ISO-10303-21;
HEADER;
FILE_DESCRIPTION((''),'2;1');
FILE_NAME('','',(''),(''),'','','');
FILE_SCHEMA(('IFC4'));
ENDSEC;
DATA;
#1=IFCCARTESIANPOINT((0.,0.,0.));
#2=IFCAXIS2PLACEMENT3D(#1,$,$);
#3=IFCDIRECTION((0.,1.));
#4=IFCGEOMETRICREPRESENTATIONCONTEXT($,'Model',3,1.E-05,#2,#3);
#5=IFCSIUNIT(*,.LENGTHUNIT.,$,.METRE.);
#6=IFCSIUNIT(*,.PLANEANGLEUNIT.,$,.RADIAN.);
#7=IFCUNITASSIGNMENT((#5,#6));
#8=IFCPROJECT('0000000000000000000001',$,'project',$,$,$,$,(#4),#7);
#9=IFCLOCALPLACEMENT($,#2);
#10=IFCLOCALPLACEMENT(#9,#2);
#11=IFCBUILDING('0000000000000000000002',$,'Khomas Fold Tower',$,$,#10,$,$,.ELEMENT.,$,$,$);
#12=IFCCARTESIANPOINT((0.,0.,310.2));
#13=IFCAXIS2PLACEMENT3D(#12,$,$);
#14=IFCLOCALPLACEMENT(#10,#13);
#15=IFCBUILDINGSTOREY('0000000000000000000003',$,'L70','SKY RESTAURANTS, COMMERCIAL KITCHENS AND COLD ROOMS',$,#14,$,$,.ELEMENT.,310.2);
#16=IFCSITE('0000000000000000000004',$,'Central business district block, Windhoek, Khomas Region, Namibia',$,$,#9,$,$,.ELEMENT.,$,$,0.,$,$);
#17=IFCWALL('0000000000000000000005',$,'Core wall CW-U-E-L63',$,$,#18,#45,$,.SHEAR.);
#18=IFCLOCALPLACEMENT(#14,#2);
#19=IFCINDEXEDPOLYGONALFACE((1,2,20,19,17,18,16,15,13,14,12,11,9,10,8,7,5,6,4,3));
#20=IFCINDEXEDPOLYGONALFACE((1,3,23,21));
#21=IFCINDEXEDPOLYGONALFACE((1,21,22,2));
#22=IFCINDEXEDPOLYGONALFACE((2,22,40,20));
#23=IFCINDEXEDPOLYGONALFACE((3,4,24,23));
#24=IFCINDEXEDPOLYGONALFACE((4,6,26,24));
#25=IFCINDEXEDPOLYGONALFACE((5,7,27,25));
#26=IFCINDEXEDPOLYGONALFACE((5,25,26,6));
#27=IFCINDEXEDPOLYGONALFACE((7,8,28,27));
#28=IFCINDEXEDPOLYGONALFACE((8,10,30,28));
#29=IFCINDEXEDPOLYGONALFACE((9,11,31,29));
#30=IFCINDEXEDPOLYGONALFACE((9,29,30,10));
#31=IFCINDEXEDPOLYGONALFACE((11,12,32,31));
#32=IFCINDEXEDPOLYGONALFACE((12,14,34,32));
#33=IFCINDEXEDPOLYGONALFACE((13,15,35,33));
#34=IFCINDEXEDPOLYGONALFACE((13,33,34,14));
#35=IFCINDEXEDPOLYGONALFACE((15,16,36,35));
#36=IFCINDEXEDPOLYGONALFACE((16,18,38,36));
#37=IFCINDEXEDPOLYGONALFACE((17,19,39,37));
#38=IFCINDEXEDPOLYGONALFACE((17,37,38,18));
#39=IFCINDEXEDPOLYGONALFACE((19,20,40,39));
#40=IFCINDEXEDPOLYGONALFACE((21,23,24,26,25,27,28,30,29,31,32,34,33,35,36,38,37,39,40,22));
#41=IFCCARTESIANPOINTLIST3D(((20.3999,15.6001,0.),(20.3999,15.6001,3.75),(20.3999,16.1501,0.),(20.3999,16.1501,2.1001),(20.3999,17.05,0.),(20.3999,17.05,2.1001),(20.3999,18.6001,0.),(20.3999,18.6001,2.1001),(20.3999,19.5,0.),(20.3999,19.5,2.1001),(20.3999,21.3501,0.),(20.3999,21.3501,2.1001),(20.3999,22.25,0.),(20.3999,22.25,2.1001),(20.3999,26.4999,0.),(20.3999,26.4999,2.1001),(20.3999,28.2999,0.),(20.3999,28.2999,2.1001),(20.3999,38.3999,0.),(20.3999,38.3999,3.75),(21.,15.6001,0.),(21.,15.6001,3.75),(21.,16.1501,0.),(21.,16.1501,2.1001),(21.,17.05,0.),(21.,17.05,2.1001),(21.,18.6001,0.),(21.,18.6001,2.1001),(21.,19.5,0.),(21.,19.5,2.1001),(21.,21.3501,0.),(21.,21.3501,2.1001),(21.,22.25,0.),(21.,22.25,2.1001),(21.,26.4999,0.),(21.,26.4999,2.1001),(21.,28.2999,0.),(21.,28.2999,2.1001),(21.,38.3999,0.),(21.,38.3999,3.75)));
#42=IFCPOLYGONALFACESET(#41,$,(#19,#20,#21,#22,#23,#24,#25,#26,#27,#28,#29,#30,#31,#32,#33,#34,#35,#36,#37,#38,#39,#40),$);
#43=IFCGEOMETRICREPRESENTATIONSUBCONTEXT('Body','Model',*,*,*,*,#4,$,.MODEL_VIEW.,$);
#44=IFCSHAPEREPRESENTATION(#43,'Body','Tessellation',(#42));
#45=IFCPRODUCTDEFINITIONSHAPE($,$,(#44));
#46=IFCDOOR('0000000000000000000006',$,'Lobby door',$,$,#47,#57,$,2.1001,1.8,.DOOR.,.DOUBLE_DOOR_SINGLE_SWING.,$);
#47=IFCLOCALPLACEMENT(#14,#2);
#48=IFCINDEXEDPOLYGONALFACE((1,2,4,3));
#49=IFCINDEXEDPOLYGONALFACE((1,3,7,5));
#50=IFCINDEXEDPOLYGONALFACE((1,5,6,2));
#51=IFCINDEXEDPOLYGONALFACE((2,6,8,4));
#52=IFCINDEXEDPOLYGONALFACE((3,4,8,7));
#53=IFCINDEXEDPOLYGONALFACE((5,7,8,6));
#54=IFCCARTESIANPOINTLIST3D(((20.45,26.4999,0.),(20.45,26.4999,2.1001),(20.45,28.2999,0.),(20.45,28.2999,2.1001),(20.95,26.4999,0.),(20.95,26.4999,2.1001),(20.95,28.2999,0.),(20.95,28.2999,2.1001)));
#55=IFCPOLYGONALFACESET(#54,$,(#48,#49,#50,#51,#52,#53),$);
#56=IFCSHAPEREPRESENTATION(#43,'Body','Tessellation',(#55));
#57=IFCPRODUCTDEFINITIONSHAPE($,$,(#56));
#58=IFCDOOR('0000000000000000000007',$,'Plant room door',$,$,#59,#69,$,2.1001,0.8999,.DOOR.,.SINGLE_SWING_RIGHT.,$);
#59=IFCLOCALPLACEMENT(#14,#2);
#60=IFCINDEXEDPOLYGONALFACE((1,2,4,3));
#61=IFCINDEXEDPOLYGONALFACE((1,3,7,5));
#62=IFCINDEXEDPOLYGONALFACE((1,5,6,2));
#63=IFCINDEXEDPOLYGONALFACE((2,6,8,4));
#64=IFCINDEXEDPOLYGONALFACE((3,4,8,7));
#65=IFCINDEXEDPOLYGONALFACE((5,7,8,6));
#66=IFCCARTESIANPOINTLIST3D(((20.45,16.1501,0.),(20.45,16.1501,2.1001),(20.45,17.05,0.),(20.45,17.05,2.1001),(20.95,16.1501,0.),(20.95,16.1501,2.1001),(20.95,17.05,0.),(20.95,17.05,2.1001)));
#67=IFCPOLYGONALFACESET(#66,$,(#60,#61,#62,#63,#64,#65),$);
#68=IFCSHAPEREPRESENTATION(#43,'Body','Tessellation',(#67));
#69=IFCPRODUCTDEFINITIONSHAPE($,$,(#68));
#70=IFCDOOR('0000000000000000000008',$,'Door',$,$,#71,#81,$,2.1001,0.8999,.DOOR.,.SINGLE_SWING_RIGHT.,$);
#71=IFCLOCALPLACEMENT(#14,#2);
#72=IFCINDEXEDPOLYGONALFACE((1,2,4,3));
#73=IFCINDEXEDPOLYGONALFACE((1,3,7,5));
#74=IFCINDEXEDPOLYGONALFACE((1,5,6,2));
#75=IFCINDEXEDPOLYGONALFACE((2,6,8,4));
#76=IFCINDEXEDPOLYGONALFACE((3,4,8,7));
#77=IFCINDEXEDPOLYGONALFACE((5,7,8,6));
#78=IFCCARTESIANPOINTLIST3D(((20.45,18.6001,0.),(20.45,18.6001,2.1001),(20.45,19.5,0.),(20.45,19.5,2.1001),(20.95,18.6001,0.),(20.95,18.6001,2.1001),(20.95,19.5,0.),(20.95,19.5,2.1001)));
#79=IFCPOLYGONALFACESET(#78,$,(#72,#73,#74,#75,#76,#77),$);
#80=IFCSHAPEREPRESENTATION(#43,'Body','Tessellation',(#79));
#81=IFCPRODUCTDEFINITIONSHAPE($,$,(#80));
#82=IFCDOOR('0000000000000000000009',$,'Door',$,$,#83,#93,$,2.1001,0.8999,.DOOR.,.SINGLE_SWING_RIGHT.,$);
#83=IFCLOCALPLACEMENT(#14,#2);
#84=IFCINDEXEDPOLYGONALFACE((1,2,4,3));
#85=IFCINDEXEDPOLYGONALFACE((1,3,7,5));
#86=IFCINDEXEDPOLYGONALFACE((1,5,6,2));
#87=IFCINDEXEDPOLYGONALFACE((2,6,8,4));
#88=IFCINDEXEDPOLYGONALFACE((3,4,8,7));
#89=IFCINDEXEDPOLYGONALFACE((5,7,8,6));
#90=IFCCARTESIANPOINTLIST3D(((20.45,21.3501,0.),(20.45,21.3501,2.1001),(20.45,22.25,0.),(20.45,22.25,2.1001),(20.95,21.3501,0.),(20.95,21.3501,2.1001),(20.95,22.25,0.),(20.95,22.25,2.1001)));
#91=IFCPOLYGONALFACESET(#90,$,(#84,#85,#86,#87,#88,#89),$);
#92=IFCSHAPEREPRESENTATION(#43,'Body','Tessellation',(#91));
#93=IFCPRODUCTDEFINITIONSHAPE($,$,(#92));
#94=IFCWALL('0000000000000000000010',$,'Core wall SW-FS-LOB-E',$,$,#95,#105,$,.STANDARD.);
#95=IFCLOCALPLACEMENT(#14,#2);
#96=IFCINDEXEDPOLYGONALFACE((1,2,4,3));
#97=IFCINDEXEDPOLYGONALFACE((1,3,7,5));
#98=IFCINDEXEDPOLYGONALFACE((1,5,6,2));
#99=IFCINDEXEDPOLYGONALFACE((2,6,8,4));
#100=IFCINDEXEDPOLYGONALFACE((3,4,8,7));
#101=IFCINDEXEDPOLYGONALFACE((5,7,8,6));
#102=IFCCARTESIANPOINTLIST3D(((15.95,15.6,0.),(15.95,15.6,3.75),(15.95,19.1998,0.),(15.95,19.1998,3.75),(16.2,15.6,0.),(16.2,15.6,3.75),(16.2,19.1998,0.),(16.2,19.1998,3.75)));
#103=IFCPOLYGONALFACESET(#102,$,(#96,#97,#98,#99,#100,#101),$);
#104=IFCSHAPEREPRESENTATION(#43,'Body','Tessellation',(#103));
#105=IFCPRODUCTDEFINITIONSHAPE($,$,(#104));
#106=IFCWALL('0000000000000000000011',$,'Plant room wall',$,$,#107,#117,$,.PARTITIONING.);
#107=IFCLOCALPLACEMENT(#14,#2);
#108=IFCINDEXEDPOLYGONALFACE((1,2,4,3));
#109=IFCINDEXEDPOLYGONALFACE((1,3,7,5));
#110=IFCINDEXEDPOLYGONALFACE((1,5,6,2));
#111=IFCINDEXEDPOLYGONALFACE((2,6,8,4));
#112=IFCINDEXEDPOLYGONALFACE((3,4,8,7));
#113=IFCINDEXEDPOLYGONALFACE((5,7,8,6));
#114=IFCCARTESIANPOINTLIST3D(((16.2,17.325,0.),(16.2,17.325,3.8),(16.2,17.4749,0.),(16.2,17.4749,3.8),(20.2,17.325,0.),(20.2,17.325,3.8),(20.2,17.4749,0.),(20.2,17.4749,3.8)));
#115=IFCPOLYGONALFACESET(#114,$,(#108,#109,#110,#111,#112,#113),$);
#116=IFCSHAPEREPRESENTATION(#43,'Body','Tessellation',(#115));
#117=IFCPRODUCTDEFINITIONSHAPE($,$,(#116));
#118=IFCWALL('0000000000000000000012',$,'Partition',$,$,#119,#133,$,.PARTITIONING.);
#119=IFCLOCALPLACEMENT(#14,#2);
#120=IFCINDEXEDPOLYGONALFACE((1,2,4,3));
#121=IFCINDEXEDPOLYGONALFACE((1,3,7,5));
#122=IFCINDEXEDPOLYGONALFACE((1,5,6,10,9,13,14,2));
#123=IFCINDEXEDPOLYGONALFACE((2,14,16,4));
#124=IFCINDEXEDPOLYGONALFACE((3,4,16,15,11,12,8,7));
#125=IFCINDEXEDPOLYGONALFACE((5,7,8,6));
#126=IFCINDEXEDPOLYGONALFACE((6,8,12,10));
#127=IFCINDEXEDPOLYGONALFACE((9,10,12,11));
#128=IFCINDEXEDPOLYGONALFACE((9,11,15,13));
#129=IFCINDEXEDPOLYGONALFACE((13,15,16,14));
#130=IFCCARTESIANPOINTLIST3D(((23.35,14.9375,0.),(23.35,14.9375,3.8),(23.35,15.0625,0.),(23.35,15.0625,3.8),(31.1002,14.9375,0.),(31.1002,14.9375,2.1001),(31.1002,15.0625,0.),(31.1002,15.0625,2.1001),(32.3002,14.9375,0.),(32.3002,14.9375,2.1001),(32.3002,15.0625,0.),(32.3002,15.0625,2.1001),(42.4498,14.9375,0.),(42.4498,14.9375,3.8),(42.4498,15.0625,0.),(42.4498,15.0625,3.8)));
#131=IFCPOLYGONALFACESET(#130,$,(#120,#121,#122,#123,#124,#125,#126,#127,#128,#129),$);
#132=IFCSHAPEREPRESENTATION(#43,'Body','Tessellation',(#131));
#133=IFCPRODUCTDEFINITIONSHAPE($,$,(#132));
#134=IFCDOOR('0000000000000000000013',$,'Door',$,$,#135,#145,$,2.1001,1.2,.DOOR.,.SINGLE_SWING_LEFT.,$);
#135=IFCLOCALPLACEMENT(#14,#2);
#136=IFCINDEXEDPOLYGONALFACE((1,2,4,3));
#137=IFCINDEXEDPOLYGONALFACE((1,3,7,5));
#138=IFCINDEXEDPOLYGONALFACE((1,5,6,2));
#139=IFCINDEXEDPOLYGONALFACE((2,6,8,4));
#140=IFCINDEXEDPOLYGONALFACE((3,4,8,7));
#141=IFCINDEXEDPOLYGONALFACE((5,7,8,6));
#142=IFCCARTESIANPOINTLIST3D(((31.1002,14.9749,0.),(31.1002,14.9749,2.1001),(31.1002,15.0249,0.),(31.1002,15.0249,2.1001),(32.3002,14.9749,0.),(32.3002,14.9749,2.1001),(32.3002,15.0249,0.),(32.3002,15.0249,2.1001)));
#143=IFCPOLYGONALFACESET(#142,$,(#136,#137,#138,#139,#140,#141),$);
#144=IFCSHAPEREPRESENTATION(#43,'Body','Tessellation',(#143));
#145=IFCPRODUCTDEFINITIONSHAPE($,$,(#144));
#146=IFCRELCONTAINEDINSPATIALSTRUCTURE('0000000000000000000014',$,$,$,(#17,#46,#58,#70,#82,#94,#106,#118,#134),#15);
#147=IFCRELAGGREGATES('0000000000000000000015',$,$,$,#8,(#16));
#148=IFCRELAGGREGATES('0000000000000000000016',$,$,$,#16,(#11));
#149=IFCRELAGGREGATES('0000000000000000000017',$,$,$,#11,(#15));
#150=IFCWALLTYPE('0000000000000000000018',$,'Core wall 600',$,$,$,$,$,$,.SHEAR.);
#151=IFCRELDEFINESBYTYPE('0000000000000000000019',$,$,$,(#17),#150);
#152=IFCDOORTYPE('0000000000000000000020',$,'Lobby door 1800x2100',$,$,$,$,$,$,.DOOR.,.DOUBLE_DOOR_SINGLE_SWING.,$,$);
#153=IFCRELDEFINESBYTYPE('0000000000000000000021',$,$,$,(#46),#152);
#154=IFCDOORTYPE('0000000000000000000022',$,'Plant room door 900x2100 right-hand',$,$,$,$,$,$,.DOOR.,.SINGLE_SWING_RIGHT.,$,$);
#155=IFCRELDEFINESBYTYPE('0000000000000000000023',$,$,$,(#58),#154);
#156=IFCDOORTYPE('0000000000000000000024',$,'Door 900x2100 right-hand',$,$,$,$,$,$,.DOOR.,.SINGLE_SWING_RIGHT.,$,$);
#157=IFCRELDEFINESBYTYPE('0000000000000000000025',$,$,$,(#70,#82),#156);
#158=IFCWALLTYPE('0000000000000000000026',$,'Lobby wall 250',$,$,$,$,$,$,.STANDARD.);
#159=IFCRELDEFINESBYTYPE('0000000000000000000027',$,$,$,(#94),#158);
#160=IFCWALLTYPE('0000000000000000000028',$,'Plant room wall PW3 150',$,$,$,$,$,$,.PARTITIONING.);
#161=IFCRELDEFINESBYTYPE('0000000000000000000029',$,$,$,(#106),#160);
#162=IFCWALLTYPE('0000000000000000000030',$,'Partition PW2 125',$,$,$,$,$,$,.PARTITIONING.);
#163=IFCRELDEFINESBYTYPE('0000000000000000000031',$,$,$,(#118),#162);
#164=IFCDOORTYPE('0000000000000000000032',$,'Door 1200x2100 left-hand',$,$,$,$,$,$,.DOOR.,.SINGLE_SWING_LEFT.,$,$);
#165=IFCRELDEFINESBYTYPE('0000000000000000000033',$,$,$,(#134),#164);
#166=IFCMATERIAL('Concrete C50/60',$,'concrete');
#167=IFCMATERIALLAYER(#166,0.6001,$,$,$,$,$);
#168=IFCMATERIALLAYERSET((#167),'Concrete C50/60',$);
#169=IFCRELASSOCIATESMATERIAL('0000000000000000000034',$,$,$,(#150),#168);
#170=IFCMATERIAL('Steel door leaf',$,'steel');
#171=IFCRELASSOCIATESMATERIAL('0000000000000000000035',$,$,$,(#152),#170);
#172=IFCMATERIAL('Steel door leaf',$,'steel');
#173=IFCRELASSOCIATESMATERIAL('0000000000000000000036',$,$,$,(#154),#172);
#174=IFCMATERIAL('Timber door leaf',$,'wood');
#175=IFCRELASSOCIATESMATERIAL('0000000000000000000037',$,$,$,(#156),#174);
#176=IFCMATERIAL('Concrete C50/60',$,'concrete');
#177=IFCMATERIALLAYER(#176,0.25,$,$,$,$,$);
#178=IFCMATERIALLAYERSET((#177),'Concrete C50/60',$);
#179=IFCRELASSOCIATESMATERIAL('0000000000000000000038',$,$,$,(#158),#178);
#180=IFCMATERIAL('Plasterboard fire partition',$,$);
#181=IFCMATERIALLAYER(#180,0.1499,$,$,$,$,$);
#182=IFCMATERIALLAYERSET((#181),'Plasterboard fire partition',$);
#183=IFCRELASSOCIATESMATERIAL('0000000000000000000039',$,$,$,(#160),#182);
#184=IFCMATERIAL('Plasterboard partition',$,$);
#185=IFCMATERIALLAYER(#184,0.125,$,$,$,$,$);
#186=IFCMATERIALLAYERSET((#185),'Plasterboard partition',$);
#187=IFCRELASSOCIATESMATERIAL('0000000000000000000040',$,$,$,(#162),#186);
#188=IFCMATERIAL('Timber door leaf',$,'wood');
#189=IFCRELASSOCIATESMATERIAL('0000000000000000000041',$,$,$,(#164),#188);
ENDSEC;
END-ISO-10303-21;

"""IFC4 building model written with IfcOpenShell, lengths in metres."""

from ifc_helpers import new_model, si_unit, direction, frame, frame_2d, origin, place, context, subcontext, project, spatial, rectangle, extrude, source, transform, mapped, material, layer, layer_set, type_object, element, fill, save


model = new_model("IFC4")

# Units and contexts
model_context = context("Model", 3, precision=1e-05, world=origin(), true_north=direction((0.0, 1.0)))
body_context = subcontext(model_context, "Body", "Model", "MODEL_VIEW")
ifc_project = project(units=[si_unit("LENGTHUNIT", "METRE"), si_unit("PLANEANGLEUNIT", "RADIAN")], contexts=[model_context])

# Site, building, storey
site_placement = place(None, origin())
site = spatial("IfcSite", under=ifc_project, at=site_placement, Name="Central business district block, Windhoek, Khomas Region, Namibia", CompositionType="ELEMENT", RefElevation=0.0)
building_placement = place(site_placement, origin())
building = spatial("IfcBuilding", under=site, at=building_placement, Name="Khomas Fold Tower", CompositionType="ELEMENT")
storey_placement = place(building_placement, frame((0.0, 0.0, 310.2)))
storey = spatial("IfcBuildingStorey", under=building, at=storey_placement, Name="L70", Description="SKY RESTAURANTS, COMMERCIAL KITCHENS AND COLD ROOMS", CompositionType="ELEMENT", Elevation=310.2)

# Wall, openings, doors
ifc_material_1 = material(Name="Concrete C50/60", Category="concrete")
ifc_layer_1 = layer(ifc_material_1, 0.6001)
ifc_layer_set_1 = layer_set([ifc_layer_1], Name="Concrete C50/60")
wall_type_1 = type_object("IfcWallType", Name="Core wall 600", PredefinedType="SHEAR", material=ifc_layer_set_1)
shared_shape_1 = source(origin(), body_context, "Body", "SweptSolid", [
    extrude(rectangle(XDim=22.7998, YDim=0.6001, at=frame_2d((11.3999, 0.0))), origin(), (0.0, 0.0, 1.0), 3.75),
])
wall_1_placement = place(storey_placement, frame((20.7, 15.6001, 0.0), z_axis=(0.0, 0.0, 1.0), x_axis=(0.0, 1.0, 0.0)))
wall_1 = element("IfcWall", 1, at=wall_1_placement, inside=storey, type_object=wall_type_1, Name="Core wall CW-U-E-L63", PredefinedType="SHEAR", context=body_context, shape_type="MappedRepresentation", body=[
    mapped(shared_shape_1, transform((0.0, 0.0, 0.0))),
])
shared_shape_2 = source(origin(), body_context, "Body", "SweptSolid", [
    extrude(rectangle(XDim=1.8, YDim=2.1001, at=frame_2d((0.8999, 1.05))), frame((0.0, 0.3101, 0.0), z_axis=(0.0, -1.0, 0.0), x_axis=(1.0, 0.0, 0.0)), (0.0, 0.0, 1.0), 0.6201),
])
opening_1_placement = place(wall_1_placement, frame((10.8999, 0.0, 0.0)))
opening_1 = element("IfcOpeningElement", 2, at=opening_1_placement, cuts=wall_1, PredefinedType="OPENING", context=body_context, shape_type="MappedRepresentation", body=[
    mapped(shared_shape_2, transform((0.0, 0.0, 0.0))),
])
shared_shape_3 = source(origin(), body_context, "Body", "SweptSolid", [
    extrude(rectangle(XDim=0.8999, YDim=2.1001, at=frame_2d((0.45, 1.05))), frame((0.0, 0.3101, 0.0), z_axis=(0.0, -1.0, 0.0), x_axis=(1.0, 0.0, 0.0)), (0.0, 0.0, 1.0), 0.6201),
])
opening_2_placement = place(wall_1_placement, frame((0.55, 0.0, 0.0)))
opening_2 = element("IfcOpeningElement", 3, at=opening_2_placement, cuts=wall_1, PredefinedType="OPENING", context=body_context, shape_type="MappedRepresentation", body=[
    mapped(shared_shape_3, transform((0.0, 0.0, 0.0))),
])
opening_3_placement = place(wall_1_placement, frame((3.0, 0.0, 0.0)))
opening_3 = element("IfcOpeningElement", 4, at=opening_3_placement, cuts=wall_1, PredefinedType="OPENING", context=body_context, shape_type="MappedRepresentation", body=[
    mapped(shared_shape_3, transform((0.0, 0.0, 0.0))),
])
opening_4_placement = place(wall_1_placement, frame((5.75, 0.0, 0.0)))
opening_4 = element("IfcOpeningElement", 5, at=opening_4_placement, cuts=wall_1, PredefinedType="OPENING", context=body_context, shape_type="MappedRepresentation", body=[
    mapped(shared_shape_3, transform((0.0, 0.0, 0.0))),
])
ifc_material_2 = material(Name="Steel door leaf", Category="steel")
door_type_1 = type_object("IfcDoorType", Name="Lobby door 1800x2100", OperationType="DOUBLE_DOOR_SINGLE_SWING", PredefinedType="DOOR", material=ifc_material_2)
shared_shape_4 = source(origin(), body_context, "Body", "SweptSolid", [
    extrude(rectangle(XDim=1.8, YDim=2.1001, at=frame_2d((0.8999, 1.05))), frame((0.0, 0.25, 0.0), z_axis=(0.0, -1.0, 0.0), x_axis=(1.0, 0.0, 0.0)), (0.0, 0.0, 1.0), 0.5),
])
door_1_placement = place(opening_1_placement, origin())
door_1 = element("IfcDoor", 6, at=door_1_placement, inside=storey, type_object=door_type_1, Name="Lobby door", OperationType="DOUBLE_DOOR_SINGLE_SWING", OverallHeight=2.1001, OverallWidth=1.8, PredefinedType="DOOR", context=body_context, shape_type="MappedRepresentation", body=[
    mapped(shared_shape_4, transform((0.0, 0.0, 0.0))),
])
fill(opening_1, door_1)
ifc_material_3 = material(Name="Steel door leaf", Category="steel")
door_type_2 = type_object("IfcDoorType", Name="Plant room door 900x2100 right-hand", OperationType="SINGLE_SWING_RIGHT", PredefinedType="DOOR", material=ifc_material_3)
shared_shape_5 = source(origin(), body_context, "Body", "SweptSolid", [
    extrude(rectangle(XDim=0.8999, YDim=2.1001, at=frame_2d((0.45, 1.05))), frame((0.0, 0.25, 0.0), z_axis=(0.0, -1.0, 0.0), x_axis=(1.0, 0.0, 0.0)), (0.0, 0.0, 1.0), 0.5),
])
door_2_placement = place(opening_2_placement, origin())
door_2 = element("IfcDoor", 7, at=door_2_placement, inside=storey, type_object=door_type_2, Name="Plant room door", OperationType="SINGLE_SWING_RIGHT", OverallHeight=2.1001, OverallWidth=0.8999, PredefinedType="DOOR", context=body_context, shape_type="MappedRepresentation", body=[
    mapped(shared_shape_5, transform((0.0, 0.0, 0.0))),
])
fill(opening_2, door_2)
ifc_material_4 = material(Name="Timber door leaf", Category="wood")
door_type_3 = type_object("IfcDoorType", Name="Door 900x2100 right-hand", OperationType="SINGLE_SWING_RIGHT", PredefinedType="DOOR", material=ifc_material_4)
door_3_placement = place(opening_3_placement, origin())
door_3 = element("IfcDoor", 8, at=door_3_placement, inside=storey, type_object=door_type_3, Name="Door", OperationType="SINGLE_SWING_RIGHT", OverallHeight=2.1001, OverallWidth=0.8999, PredefinedType="DOOR", context=body_context, shape_type="MappedRepresentation", body=[
    mapped(shared_shape_5, transform((0.0, 0.0, 0.0))),
])
fill(opening_3, door_3)
door_4_placement = place(opening_4_placement, origin())
door_4 = element("IfcDoor", 9, at=door_4_placement, inside=storey, type_object=door_type_3, Name="Door", OperationType="SINGLE_SWING_RIGHT", OverallHeight=2.1001, OverallWidth=0.8999, PredefinedType="DOOR", context=body_context, shape_type="MappedRepresentation", body=[
    mapped(shared_shape_5, transform((0.0, 0.0, 0.0))),
])
fill(opening_4, door_4)

# Walls
ifc_material_5 = material(Name="Concrete C50/60", Category="concrete")
ifc_layer_2 = layer(ifc_material_5, 0.25)
ifc_layer_set_2 = layer_set([ifc_layer_2], Name="Concrete C50/60")
wall_type_2 = type_object("IfcWallType", Name="Lobby wall 250", PredefinedType="STANDARD", material=ifc_layer_set_2)
shared_shape_6 = source(origin(), body_context, "Body", "SweptSolid", [
    extrude(rectangle(XDim=3.5999, YDim=0.25, at=frame_2d((1.7998, 0.0))), origin(), (0.0, 0.0, 1.0), 3.75),
])
wall_2_placement = place(storey_placement, frame((16.075, 15.6001, 0.0), z_axis=(0.0, 0.0, 1.0), x_axis=(0.0, 1.0, 0.0)))
element("IfcWall", 10, at=wall_2_placement, inside=storey, type_object=wall_type_2, Name="Core wall SW-FS-LOB-E", PredefinedType="STANDARD", context=body_context, shape_type="MappedRepresentation", body=[
    mapped(shared_shape_6, transform((0.0, 0.0, 0.0))),
])
ifc_material_6 = material(Name="Plasterboard fire partition")
ifc_layer_3 = layer(ifc_material_6, 0.1499)
ifc_layer_set_3 = layer_set([ifc_layer_3], Name="Plasterboard fire partition")
wall_type_3 = type_object("IfcWallType", Name="Plant room wall PW3 150", PredefinedType="PARTITIONING", material=ifc_layer_set_3)
shared_shape_7 = source(origin(), body_context, "Body", "SweptSolid", [
    extrude(rectangle(XDim=4.0, YDim=0.1499, at=frame_2d((2.0, 0.0))), origin(), (0.0, 0.0, 1.0), 3.8),
])
wall_3_placement = place(storey_placement, frame((16.2, 17.3999, 0.0), z_axis=(0.0, 0.0, 1.0), x_axis=(1.0, 0.0, 0.0)))
element("IfcWall", 11, at=wall_3_placement, inside=storey, type_object=wall_type_3, Name="Plant room wall", PredefinedType="PARTITIONING", context=body_context, shape_type="MappedRepresentation", body=[
    mapped(shared_shape_7, transform((0.0, 0.0, 0.0))),
])

# Wall, opening, door
ifc_material_7 = material(Name="Plasterboard partition")
ifc_layer_4 = layer(ifc_material_7, 0.125)
ifc_layer_set_4 = layer_set([ifc_layer_4], Name="Plasterboard partition")
wall_type_4 = type_object("IfcWallType", Name="Partition PW2 125", PredefinedType="PARTITIONING", material=ifc_layer_set_4)
shared_shape_8 = source(origin(), body_context, "Body", "SweptSolid", [
    extrude(rectangle(XDim=19.0999, YDim=0.125, at=frame_2d((9.5498, 0.0))), origin(), (0.0, 0.0, 1.0), 3.8),
])
wall_4_placement = place(storey_placement, frame((23.3501, 15.0, 0.0), z_axis=(0.0, 0.0, 1.0), x_axis=(1.0, 0.0, 0.0)))
wall_4 = element("IfcWall", 12, at=wall_4_placement, inside=storey, type_object=wall_type_4, Name="Partition", PredefinedType="PARTITIONING", context=body_context, shape_type="MappedRepresentation", body=[
    mapped(shared_shape_8, transform((0.0, 0.0, 0.0))),
])
shared_shape_9 = source(origin(), body_context, "Body", "SweptSolid", [
    extrude(rectangle(XDim=1.2, YDim=2.1001, at=frame_2d((0.6001, 1.05))), frame((0.0, 0.0725, 0.0), z_axis=(0.0, -1.0, 0.0), x_axis=(1.0, 0.0, 0.0)), (0.0, 0.0, 1.0), 0.145),
])
opening_5_placement = place(wall_4_placement, frame((7.75, 0.0, 0.0)))
opening_5 = element("IfcOpeningElement", 13, at=opening_5_placement, cuts=wall_4, PredefinedType="OPENING", context=body_context, shape_type="MappedRepresentation", body=[
    mapped(shared_shape_9, transform((0.0, 0.0, 0.0))),
])
ifc_material_8 = material(Name="Timber door leaf", Category="wood")
door_type_4 = type_object("IfcDoorType", Name="Door 1200x2100 left-hand", OperationType="SINGLE_SWING_LEFT", PredefinedType="DOOR", material=ifc_material_8)
shared_shape_10 = source(origin(), body_context, "Body", "SweptSolid", [
    extrude(rectangle(XDim=1.2, YDim=2.1001, at=frame_2d((0.6001, 1.05))), frame((0.0, 0.0249, 0.0), z_axis=(0.0, -1.0, 0.0), x_axis=(1.0, 0.0, 0.0)), (0.0, 0.0, 1.0), 0.05),
])
door_5_placement = place(opening_5_placement, origin())
door_5 = element("IfcDoor", 14, at=door_5_placement, inside=storey, type_object=door_type_4, Name="Door", OperationType="SINGLE_SWING_LEFT", OverallHeight=2.1001, OverallWidth=1.2, PredefinedType="DOOR", context=body_context, shape_type="MappedRepresentation", body=[
    mapped(shared_shape_10, transform((0.0, 0.0, 0.0))),
])
fill(opening_5, door_5)

save(model, "model.ifc")
